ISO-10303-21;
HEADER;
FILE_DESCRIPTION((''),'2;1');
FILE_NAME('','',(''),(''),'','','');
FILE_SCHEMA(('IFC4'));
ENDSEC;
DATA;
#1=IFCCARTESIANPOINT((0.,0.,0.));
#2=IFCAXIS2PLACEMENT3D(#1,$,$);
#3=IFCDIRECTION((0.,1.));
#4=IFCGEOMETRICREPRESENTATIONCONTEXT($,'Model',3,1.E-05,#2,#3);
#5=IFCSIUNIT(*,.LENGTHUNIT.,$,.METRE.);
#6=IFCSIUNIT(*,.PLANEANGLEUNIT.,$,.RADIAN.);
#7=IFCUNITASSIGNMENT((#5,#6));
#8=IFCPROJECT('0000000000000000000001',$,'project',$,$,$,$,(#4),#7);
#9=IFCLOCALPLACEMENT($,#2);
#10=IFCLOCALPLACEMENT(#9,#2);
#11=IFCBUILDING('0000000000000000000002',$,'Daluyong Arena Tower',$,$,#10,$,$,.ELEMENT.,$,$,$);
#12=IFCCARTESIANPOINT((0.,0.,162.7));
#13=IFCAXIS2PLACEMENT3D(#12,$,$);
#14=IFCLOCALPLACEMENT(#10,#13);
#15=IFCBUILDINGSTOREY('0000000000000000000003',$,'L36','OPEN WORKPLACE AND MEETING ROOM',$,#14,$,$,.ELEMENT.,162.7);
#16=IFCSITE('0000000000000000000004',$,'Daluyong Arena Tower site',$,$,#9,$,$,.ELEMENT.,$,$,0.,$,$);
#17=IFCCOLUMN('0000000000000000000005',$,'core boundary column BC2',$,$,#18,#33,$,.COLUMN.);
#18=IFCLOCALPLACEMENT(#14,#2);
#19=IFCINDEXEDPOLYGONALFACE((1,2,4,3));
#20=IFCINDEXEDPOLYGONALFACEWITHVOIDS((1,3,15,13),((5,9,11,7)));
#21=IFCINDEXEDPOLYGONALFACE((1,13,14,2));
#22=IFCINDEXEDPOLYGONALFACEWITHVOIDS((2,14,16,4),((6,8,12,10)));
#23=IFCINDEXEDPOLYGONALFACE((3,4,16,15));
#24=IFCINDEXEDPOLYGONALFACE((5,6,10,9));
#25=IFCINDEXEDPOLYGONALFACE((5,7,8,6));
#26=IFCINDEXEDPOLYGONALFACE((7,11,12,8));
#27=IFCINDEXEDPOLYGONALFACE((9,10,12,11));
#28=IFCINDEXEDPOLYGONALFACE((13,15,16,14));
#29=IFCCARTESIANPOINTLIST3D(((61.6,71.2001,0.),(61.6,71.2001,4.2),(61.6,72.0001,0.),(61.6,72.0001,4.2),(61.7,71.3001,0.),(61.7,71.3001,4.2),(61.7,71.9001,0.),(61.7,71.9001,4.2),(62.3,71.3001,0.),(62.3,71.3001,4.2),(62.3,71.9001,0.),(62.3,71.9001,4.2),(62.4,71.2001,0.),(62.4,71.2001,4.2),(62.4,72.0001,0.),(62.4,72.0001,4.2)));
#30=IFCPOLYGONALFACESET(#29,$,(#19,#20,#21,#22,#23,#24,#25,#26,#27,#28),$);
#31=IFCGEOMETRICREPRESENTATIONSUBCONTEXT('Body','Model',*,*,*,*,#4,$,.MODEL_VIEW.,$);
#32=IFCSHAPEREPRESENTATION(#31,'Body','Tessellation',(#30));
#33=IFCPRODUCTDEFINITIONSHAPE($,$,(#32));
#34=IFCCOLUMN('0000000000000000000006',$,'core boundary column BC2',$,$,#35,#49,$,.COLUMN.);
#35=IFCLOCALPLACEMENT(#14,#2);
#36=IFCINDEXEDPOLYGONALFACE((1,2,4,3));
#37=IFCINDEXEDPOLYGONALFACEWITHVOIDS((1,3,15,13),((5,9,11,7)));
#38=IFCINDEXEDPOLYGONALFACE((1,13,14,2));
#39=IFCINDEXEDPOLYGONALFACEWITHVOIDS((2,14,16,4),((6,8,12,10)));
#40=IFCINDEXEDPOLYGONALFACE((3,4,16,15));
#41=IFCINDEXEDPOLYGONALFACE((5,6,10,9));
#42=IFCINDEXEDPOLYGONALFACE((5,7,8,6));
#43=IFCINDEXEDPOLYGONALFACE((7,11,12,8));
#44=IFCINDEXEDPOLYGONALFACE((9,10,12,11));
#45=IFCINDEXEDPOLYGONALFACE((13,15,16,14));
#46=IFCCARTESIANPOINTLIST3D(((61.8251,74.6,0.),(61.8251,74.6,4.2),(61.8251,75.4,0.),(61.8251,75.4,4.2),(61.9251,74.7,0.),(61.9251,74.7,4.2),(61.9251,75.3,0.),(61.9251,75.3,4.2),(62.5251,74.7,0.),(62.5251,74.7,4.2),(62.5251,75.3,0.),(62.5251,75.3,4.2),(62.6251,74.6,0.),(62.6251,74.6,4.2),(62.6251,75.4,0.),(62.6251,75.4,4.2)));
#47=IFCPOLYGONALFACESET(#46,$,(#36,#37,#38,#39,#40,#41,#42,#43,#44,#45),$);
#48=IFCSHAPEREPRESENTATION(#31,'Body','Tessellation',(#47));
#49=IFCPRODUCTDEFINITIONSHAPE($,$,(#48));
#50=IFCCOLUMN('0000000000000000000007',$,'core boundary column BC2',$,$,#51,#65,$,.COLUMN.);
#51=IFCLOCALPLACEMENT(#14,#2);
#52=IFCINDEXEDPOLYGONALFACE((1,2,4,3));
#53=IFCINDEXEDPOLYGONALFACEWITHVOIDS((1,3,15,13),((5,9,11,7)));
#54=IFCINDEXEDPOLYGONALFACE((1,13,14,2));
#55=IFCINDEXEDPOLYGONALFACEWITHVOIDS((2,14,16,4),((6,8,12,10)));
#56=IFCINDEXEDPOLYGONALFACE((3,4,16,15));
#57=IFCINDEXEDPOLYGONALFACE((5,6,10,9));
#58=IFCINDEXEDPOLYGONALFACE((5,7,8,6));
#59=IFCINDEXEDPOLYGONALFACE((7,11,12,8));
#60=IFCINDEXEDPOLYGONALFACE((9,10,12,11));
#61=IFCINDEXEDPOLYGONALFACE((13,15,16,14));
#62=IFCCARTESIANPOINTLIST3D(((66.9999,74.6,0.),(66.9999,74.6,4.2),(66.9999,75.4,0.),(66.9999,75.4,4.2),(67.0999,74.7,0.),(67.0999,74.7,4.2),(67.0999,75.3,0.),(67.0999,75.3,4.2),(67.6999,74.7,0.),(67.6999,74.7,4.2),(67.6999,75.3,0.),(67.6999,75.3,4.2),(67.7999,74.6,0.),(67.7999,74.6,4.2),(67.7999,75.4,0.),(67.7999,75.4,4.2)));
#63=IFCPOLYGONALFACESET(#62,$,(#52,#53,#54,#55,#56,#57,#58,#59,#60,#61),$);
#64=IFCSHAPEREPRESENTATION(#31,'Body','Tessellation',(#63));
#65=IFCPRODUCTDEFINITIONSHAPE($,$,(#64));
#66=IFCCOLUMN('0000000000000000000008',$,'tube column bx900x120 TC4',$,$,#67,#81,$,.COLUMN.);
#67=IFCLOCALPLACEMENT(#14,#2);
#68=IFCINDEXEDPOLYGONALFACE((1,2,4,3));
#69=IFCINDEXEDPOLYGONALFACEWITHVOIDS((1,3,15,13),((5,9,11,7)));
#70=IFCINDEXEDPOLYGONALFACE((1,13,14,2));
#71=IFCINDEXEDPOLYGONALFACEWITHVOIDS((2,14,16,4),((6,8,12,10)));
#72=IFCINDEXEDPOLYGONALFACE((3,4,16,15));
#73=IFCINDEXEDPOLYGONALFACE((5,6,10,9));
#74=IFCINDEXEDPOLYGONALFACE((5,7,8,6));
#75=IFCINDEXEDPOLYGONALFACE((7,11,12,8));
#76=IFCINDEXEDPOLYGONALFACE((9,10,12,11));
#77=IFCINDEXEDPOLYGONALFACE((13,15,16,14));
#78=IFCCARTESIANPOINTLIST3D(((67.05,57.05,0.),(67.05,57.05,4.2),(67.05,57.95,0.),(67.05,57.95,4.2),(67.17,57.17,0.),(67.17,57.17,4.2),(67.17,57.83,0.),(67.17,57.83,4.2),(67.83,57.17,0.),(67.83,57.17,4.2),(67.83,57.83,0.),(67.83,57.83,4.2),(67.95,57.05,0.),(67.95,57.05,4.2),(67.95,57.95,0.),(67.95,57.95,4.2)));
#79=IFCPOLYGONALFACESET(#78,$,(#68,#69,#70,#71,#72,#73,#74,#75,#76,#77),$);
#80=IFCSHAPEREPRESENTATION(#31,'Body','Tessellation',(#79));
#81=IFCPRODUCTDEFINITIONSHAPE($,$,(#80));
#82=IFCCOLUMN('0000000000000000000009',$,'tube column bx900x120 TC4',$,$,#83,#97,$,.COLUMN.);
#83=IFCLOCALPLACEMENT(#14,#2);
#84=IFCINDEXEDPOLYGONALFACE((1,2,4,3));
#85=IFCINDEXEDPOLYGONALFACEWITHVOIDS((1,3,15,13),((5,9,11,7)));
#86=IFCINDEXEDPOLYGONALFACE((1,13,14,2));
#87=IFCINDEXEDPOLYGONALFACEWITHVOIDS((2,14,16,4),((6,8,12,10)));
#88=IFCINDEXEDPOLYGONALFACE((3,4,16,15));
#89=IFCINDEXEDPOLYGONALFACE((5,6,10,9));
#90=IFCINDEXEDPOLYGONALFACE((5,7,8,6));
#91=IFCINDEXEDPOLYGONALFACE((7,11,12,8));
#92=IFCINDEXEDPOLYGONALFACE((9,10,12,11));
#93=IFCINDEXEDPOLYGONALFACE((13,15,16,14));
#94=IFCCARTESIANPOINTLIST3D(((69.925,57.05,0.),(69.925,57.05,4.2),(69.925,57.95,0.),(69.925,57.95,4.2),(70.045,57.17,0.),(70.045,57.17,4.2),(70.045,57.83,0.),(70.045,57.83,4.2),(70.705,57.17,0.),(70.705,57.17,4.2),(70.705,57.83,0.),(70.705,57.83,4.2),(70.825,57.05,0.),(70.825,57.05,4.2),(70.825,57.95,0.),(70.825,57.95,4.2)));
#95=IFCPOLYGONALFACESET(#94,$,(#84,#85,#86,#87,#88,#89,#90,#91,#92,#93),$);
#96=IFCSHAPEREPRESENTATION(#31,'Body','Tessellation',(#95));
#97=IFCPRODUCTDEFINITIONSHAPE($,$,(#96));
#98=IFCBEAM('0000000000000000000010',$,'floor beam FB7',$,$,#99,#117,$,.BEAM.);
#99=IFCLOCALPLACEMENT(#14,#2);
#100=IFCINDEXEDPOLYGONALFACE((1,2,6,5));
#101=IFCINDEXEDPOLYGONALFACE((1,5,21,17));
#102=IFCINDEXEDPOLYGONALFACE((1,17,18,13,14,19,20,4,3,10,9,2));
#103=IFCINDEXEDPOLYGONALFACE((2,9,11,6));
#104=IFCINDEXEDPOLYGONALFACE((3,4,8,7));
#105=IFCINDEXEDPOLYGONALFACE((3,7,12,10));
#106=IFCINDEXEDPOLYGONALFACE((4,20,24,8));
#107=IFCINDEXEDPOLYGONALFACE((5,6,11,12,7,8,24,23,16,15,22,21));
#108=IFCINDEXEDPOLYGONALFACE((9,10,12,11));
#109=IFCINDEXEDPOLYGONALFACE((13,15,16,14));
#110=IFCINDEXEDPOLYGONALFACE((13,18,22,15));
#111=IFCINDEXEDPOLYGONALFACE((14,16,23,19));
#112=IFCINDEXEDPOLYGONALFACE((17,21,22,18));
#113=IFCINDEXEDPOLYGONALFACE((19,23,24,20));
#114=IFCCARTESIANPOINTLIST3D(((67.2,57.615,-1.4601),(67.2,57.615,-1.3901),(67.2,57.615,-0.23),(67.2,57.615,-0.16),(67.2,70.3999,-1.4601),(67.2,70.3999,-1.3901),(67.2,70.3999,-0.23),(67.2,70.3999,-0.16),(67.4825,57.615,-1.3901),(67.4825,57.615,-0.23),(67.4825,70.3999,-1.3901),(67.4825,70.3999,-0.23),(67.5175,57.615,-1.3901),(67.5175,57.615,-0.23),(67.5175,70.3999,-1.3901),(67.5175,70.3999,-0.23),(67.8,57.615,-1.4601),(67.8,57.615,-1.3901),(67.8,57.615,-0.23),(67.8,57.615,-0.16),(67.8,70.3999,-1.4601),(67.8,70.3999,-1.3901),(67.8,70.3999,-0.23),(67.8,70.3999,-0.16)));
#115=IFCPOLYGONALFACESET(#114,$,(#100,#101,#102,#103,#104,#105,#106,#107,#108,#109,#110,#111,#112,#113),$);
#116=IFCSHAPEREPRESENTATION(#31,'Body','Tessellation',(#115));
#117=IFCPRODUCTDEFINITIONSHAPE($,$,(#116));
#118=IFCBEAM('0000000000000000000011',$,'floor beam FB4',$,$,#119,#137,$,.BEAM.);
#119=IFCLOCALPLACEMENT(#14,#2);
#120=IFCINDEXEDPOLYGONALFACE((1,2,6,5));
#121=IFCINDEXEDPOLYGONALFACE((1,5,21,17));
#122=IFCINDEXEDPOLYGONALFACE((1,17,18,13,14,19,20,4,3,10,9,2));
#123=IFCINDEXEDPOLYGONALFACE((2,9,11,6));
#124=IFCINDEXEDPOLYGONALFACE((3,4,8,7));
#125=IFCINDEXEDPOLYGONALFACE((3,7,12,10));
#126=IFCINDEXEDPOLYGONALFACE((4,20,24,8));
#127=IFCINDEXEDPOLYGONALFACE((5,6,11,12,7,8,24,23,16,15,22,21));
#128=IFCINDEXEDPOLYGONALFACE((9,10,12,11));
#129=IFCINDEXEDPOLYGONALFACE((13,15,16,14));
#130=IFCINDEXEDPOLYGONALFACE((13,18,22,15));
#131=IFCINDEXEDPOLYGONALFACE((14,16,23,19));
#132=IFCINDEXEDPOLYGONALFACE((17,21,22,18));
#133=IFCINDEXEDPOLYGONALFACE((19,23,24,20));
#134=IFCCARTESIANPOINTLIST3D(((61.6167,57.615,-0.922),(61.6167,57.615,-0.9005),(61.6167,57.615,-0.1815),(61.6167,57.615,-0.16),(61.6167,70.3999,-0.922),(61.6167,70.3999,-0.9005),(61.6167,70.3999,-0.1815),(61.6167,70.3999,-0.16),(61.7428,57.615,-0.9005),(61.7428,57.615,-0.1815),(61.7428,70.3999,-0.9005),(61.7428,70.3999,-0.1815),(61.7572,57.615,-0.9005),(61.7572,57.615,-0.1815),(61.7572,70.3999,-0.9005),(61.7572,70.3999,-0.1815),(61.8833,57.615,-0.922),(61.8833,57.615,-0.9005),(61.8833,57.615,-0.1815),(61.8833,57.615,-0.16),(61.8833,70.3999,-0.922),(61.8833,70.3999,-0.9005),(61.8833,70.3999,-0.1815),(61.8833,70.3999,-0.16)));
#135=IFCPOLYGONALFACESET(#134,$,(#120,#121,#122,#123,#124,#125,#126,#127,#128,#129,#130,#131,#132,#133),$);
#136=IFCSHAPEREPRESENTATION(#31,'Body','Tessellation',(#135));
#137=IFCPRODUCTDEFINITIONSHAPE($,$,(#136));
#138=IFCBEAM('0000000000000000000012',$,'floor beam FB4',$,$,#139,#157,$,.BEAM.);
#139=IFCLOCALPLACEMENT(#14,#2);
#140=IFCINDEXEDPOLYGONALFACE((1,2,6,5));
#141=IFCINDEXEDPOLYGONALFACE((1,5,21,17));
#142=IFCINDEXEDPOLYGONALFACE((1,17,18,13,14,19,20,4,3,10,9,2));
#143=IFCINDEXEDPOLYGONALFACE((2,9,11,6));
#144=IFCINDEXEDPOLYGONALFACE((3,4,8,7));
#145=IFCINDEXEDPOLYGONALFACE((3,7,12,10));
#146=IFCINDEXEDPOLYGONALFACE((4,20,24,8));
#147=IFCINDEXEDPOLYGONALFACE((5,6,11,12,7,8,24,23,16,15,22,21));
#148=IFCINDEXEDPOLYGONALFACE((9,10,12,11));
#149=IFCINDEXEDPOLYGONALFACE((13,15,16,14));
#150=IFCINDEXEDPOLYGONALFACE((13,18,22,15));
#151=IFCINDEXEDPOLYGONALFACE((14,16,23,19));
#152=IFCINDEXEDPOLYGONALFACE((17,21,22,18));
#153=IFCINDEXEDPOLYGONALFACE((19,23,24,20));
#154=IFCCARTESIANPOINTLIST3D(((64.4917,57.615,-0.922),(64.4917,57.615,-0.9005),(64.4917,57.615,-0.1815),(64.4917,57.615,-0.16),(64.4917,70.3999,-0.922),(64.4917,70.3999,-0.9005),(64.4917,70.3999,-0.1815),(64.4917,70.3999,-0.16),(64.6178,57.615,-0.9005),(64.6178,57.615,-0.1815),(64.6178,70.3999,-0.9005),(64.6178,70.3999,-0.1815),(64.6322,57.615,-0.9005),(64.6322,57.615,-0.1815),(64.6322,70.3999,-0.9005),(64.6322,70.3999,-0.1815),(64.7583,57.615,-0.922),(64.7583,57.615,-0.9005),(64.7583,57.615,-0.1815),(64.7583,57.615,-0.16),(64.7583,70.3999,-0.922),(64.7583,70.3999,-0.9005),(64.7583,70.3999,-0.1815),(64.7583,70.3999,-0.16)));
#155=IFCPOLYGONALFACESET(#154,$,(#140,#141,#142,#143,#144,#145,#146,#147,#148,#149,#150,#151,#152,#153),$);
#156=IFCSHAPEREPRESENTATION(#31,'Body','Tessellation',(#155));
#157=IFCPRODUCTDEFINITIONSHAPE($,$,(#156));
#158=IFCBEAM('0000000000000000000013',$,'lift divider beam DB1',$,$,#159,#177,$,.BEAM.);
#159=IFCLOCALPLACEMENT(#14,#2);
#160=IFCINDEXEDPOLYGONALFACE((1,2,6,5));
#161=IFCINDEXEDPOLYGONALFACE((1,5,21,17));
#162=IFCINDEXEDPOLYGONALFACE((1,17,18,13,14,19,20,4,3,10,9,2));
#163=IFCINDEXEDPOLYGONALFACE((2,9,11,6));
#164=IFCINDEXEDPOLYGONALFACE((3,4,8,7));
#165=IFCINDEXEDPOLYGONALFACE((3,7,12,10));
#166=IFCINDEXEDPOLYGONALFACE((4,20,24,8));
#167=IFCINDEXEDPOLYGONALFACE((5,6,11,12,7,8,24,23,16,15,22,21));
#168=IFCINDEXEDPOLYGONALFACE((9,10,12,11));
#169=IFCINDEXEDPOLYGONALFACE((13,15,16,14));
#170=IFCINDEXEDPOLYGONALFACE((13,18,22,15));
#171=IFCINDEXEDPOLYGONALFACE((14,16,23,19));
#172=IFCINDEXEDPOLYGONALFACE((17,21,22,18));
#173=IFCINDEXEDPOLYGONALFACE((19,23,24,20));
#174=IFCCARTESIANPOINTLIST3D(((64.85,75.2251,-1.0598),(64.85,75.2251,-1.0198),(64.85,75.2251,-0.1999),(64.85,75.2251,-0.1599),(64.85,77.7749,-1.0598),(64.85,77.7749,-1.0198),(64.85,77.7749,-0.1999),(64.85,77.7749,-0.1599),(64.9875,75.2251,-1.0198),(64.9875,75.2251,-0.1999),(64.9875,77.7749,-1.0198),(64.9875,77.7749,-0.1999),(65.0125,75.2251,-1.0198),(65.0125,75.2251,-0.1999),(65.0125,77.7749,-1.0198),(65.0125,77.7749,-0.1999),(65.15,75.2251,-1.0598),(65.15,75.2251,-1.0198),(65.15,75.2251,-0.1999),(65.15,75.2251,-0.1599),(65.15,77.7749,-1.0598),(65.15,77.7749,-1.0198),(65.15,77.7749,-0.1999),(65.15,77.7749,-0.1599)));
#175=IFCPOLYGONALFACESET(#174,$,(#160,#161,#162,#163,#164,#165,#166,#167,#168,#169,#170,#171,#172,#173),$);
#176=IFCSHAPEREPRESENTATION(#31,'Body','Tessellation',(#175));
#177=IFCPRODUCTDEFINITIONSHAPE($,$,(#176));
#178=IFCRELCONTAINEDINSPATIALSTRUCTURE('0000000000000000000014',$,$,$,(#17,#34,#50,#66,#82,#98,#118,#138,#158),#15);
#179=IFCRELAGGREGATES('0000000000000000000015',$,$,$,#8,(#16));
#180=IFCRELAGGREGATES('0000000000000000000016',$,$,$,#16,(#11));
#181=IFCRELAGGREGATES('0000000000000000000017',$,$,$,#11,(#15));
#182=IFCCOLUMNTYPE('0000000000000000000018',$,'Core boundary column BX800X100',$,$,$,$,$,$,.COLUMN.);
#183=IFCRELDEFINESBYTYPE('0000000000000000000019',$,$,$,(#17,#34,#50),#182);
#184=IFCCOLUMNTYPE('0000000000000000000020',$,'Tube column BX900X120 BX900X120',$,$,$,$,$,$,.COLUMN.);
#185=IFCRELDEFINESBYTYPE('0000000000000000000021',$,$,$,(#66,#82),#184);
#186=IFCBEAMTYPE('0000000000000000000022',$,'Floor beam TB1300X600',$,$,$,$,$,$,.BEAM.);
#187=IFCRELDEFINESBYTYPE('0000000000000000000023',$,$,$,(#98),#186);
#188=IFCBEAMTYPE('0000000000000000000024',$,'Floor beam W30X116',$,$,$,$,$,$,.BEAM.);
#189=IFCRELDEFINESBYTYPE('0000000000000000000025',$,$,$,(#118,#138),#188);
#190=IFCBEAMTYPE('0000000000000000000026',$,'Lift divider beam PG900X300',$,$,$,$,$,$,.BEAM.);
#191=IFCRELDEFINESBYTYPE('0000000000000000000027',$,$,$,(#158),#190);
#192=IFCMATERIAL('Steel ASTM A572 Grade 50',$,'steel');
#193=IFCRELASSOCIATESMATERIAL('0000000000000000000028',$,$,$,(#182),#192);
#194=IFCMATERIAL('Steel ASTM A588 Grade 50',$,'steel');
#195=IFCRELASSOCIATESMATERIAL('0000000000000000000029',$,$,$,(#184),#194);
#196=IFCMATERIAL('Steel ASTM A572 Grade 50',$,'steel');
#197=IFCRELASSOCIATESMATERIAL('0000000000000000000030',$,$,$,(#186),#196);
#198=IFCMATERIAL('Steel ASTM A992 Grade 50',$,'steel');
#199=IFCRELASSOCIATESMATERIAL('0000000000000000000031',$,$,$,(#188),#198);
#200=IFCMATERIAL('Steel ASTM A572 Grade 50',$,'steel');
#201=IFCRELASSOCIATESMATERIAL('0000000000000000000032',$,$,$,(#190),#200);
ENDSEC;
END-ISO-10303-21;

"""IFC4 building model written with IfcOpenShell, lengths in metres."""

from ifc_helpers import new_model, si_unit, direction, frame, origin, origin_2d, place, context, subcontext, project, spatial, hollow_rectangle, i_section, extrude, material, material_profile, profile_set, type_object, element, save


model = new_model("IFC4")

# Units and contexts
model_context = context("Model", 3, precision=1e-05, world=origin(), true_north=direction((0.0, 1.0)))
body_context = subcontext(model_context, "Body", "Model", "MODEL_VIEW")
ifc_project = project(units=[si_unit("LENGTHUNIT", "METRE"), si_unit("PLANEANGLEUNIT", "RADIAN")], contexts=[model_context])

# Site, building, storey
site_placement = place(None, origin())
site = spatial("IfcSite", under=ifc_project, at=site_placement, Name="Daluyong Arena Tower site", CompositionType="ELEMENT", RefElevation=0.0)
building_placement = place(site_placement, origin())
building = spatial("IfcBuilding", under=site, at=building_placement, Name="Daluyong Arena Tower", CompositionType="ELEMENT")
storey_placement = place(building_placement, frame((0.0, 0.0, 162.7)))
storey = spatial("IfcBuildingStorey", under=building, at=storey_placement, Name="L36", Description="OPEN WORKPLACE AND MEETING ROOM", CompositionType="ELEMENT", Elevation=162.7)

# Columns
ifc_material_1 = material(Name="Steel ASTM A572 Grade 50", Category="steel")
ifc_material_profile_1 = material_profile(ifc_material_1, hollow_rectangle(XDim=0.8, YDim=0.8, WallThickness=0.1, at=origin_2d()))
ifc_profile_set_1 = profile_set([ifc_material_profile_1], Name="Steel ASTM A572 Grade 50")
column_type_1 = type_object("IfcColumnType", Name="Core boundary column BX800X100", PredefinedType="COLUMN", material=ifc_profile_set_1)
for number, where, z_axis, x_axis, name in (
    (1, (62.0, 71.6001, 0.0), (0.0, 0.0, 1.0), (1.0, 0.0, 0.0), "core boundary column BC2"),
    (2, (62.2251, 75.0, 0.0), (0.0, 0.0, 1.0), (1.0, 0.0, 0.0), "core boundary column BC2"),
    (3, (67.3999, 75.0, 0.0), (0.0, 0.0, 1.0), (1.0, 0.0, 0.0), "core boundary column BC2"),
):
    element("IfcColumn", number, at=place(storey_placement, frame(where, z_axis=z_axis, x_axis=x_axis)), inside=storey, type_object=column_type_1, Name=name, PredefinedType="COLUMN", context=body_context, shape_type="SweptSolid", body=[
        extrude(hollow_rectangle(XDim=0.8, YDim=0.8, WallThickness=0.1, at=origin_2d()), origin(), (0.0, 0.0, 1.0), 4.2),
    ])
ifc_material_2 = material(Name="Steel ASTM A588 Grade 50", Category="steel")
ifc_material_profile_2 = material_profile(ifc_material_2, hollow_rectangle(XDim=0.8999, YDim=0.8999, WallThickness=0.12, at=origin_2d()))
ifc_profile_set_2 = profile_set([ifc_material_profile_2], Name="Steel ASTM A588 Grade 50")
column_type_2 = type_object("IfcColumnType", Name="Tube column BX900X120 BX900X120", PredefinedType="COLUMN", material=ifc_profile_set_2)
for number, where, z_axis, x_axis, name in (
    (4, (67.5, 57.5, 0.0), (0.0, 0.0, 1.0), (1.0, 0.0, 0.0), "tube column bx900x120 TC4"),
    (5, (70.375, 57.5, 0.0), (0.0, 0.0, 1.0), (1.0, 0.0, 0.0), "tube column bx900x120 TC4"),
):
    element("IfcColumn", number, at=place(storey_placement, frame(where, z_axis=z_axis, x_axis=x_axis)), inside=storey, type_object=column_type_2, Name=name, PredefinedType="COLUMN", context=body_context, shape_type="SweptSolid", body=[
        extrude(hollow_rectangle(XDim=0.8999, YDim=0.8999, WallThickness=0.12, at=origin_2d()), origin(), (0.0, 0.0, 1.0), 4.2),
    ])

# Beams
ifc_material_3 = material(Name="Steel ASTM A572 Grade 50", Category="steel")
ifc_material_profile_3 = material_profile(ifc_material_3, i_section(OverallWidth=0.6001, OverallDepth=1.3, WebThickness=0.035, FlangeThickness=0.07, at=origin_2d()))
ifc_profile_set_3 = profile_set([ifc_material_profile_3], Name="Steel ASTM A572 Grade 50")
beam_type_1 = type_object("IfcBeamType", Name="Floor beam TB1300X600", PredefinedType="BEAM", material=ifc_profile_set_3)
beam_1_placement = place(storey_placement, frame((67.5, 57.615, -0.8101), z_axis=(0.0, 1.0, 0.0), x_axis=(-1.0, 0.0, 0.0)))
element("IfcBeam", 6, at=beam_1_placement, inside=storey, type_object=beam_type_1, Name="floor beam FB7", PredefinedType="BEAM", context=body_context, shape_type="SweptSolid", body=[
    extrude(i_section(OverallWidth=0.6001, OverallDepth=1.3, WebThickness=0.035, FlangeThickness=0.07, at=origin_2d()), origin(), (0.0, 0.0, 1.0), 12.7849),
])
ifc_material_4 = material(Name="Steel ASTM A992 Grade 50", Category="steel")
ifc_material_profile_4 = material_profile(ifc_material_4, i_section(OverallWidth=0.2666, OverallDepth=0.762, WebThickness=0.0144, FlangeThickness=0.0215, at=origin_2d()))
ifc_profile_set_4 = profile_set([ifc_material_profile_4], Name="Steel ASTM A992 Grade 50")
beam_type_2 = type_object("IfcBeamType", Name="Floor beam W30X116", PredefinedType="BEAM", material=ifc_profile_set_4)
for number, where, z_axis, x_axis, name in (
    (7, (61.75, 57.615, -0.541), (0.0, 1.0, 0.0), (-1.0, 0.0, 0.0), "floor beam FB4"),
    (8, (64.625, 57.615, -0.541), (0.0, 1.0, 0.0), (-1.0, 0.0, 0.0), "floor beam FB4"),
):
    element("IfcBeam", number, at=place(storey_placement, frame(where, z_axis=z_axis, x_axis=x_axis)), inside=storey, type_object=beam_type_2, Name=name, PredefinedType="BEAM", context=body_context, shape_type="SweptSolid", body=[
        extrude(i_section(OverallWidth=0.2666, OverallDepth=0.762, WebThickness=0.0144, FlangeThickness=0.0215, at=origin_2d()), origin(), (0.0, 0.0, 1.0), 12.7849),
    ])
ifc_material_5 = material(Name="Steel ASTM A572 Grade 50", Category="steel")
ifc_material_profile_5 = material_profile(ifc_material_5, i_section(OverallWidth=0.3, OverallDepth=0.8999, WebThickness=0.025, FlangeThickness=0.04, at=origin_2d()))
ifc_profile_set_5 = profile_set([ifc_material_profile_5], Name="Steel ASTM A572 Grade 50")
beam_type_3 = type_object("IfcBeamType", Name="Lift divider beam PG900X300", PredefinedType="BEAM", material=ifc_profile_set_5)
beam_2_placement = place(storey_placement, frame((65.0, 75.2251, -0.6099), z_axis=(0.0, 1.0, 0.0), x_axis=(-1.0, 0.0, 0.0)))
element("IfcBeam", 9, at=beam_2_placement, inside=storey, type_object=beam_type_3, Name="lift divider beam DB1", PredefinedType="BEAM", context=body_context, shape_type="SweptSolid", body=[
    extrude(i_section(OverallWidth=0.3, OverallDepth=0.8999, WebThickness=0.025, FlangeThickness=0.04, at=origin_2d()), origin(), (0.0, 0.0, 1.0), 2.5498),
])

save(model, "model.ifc")
